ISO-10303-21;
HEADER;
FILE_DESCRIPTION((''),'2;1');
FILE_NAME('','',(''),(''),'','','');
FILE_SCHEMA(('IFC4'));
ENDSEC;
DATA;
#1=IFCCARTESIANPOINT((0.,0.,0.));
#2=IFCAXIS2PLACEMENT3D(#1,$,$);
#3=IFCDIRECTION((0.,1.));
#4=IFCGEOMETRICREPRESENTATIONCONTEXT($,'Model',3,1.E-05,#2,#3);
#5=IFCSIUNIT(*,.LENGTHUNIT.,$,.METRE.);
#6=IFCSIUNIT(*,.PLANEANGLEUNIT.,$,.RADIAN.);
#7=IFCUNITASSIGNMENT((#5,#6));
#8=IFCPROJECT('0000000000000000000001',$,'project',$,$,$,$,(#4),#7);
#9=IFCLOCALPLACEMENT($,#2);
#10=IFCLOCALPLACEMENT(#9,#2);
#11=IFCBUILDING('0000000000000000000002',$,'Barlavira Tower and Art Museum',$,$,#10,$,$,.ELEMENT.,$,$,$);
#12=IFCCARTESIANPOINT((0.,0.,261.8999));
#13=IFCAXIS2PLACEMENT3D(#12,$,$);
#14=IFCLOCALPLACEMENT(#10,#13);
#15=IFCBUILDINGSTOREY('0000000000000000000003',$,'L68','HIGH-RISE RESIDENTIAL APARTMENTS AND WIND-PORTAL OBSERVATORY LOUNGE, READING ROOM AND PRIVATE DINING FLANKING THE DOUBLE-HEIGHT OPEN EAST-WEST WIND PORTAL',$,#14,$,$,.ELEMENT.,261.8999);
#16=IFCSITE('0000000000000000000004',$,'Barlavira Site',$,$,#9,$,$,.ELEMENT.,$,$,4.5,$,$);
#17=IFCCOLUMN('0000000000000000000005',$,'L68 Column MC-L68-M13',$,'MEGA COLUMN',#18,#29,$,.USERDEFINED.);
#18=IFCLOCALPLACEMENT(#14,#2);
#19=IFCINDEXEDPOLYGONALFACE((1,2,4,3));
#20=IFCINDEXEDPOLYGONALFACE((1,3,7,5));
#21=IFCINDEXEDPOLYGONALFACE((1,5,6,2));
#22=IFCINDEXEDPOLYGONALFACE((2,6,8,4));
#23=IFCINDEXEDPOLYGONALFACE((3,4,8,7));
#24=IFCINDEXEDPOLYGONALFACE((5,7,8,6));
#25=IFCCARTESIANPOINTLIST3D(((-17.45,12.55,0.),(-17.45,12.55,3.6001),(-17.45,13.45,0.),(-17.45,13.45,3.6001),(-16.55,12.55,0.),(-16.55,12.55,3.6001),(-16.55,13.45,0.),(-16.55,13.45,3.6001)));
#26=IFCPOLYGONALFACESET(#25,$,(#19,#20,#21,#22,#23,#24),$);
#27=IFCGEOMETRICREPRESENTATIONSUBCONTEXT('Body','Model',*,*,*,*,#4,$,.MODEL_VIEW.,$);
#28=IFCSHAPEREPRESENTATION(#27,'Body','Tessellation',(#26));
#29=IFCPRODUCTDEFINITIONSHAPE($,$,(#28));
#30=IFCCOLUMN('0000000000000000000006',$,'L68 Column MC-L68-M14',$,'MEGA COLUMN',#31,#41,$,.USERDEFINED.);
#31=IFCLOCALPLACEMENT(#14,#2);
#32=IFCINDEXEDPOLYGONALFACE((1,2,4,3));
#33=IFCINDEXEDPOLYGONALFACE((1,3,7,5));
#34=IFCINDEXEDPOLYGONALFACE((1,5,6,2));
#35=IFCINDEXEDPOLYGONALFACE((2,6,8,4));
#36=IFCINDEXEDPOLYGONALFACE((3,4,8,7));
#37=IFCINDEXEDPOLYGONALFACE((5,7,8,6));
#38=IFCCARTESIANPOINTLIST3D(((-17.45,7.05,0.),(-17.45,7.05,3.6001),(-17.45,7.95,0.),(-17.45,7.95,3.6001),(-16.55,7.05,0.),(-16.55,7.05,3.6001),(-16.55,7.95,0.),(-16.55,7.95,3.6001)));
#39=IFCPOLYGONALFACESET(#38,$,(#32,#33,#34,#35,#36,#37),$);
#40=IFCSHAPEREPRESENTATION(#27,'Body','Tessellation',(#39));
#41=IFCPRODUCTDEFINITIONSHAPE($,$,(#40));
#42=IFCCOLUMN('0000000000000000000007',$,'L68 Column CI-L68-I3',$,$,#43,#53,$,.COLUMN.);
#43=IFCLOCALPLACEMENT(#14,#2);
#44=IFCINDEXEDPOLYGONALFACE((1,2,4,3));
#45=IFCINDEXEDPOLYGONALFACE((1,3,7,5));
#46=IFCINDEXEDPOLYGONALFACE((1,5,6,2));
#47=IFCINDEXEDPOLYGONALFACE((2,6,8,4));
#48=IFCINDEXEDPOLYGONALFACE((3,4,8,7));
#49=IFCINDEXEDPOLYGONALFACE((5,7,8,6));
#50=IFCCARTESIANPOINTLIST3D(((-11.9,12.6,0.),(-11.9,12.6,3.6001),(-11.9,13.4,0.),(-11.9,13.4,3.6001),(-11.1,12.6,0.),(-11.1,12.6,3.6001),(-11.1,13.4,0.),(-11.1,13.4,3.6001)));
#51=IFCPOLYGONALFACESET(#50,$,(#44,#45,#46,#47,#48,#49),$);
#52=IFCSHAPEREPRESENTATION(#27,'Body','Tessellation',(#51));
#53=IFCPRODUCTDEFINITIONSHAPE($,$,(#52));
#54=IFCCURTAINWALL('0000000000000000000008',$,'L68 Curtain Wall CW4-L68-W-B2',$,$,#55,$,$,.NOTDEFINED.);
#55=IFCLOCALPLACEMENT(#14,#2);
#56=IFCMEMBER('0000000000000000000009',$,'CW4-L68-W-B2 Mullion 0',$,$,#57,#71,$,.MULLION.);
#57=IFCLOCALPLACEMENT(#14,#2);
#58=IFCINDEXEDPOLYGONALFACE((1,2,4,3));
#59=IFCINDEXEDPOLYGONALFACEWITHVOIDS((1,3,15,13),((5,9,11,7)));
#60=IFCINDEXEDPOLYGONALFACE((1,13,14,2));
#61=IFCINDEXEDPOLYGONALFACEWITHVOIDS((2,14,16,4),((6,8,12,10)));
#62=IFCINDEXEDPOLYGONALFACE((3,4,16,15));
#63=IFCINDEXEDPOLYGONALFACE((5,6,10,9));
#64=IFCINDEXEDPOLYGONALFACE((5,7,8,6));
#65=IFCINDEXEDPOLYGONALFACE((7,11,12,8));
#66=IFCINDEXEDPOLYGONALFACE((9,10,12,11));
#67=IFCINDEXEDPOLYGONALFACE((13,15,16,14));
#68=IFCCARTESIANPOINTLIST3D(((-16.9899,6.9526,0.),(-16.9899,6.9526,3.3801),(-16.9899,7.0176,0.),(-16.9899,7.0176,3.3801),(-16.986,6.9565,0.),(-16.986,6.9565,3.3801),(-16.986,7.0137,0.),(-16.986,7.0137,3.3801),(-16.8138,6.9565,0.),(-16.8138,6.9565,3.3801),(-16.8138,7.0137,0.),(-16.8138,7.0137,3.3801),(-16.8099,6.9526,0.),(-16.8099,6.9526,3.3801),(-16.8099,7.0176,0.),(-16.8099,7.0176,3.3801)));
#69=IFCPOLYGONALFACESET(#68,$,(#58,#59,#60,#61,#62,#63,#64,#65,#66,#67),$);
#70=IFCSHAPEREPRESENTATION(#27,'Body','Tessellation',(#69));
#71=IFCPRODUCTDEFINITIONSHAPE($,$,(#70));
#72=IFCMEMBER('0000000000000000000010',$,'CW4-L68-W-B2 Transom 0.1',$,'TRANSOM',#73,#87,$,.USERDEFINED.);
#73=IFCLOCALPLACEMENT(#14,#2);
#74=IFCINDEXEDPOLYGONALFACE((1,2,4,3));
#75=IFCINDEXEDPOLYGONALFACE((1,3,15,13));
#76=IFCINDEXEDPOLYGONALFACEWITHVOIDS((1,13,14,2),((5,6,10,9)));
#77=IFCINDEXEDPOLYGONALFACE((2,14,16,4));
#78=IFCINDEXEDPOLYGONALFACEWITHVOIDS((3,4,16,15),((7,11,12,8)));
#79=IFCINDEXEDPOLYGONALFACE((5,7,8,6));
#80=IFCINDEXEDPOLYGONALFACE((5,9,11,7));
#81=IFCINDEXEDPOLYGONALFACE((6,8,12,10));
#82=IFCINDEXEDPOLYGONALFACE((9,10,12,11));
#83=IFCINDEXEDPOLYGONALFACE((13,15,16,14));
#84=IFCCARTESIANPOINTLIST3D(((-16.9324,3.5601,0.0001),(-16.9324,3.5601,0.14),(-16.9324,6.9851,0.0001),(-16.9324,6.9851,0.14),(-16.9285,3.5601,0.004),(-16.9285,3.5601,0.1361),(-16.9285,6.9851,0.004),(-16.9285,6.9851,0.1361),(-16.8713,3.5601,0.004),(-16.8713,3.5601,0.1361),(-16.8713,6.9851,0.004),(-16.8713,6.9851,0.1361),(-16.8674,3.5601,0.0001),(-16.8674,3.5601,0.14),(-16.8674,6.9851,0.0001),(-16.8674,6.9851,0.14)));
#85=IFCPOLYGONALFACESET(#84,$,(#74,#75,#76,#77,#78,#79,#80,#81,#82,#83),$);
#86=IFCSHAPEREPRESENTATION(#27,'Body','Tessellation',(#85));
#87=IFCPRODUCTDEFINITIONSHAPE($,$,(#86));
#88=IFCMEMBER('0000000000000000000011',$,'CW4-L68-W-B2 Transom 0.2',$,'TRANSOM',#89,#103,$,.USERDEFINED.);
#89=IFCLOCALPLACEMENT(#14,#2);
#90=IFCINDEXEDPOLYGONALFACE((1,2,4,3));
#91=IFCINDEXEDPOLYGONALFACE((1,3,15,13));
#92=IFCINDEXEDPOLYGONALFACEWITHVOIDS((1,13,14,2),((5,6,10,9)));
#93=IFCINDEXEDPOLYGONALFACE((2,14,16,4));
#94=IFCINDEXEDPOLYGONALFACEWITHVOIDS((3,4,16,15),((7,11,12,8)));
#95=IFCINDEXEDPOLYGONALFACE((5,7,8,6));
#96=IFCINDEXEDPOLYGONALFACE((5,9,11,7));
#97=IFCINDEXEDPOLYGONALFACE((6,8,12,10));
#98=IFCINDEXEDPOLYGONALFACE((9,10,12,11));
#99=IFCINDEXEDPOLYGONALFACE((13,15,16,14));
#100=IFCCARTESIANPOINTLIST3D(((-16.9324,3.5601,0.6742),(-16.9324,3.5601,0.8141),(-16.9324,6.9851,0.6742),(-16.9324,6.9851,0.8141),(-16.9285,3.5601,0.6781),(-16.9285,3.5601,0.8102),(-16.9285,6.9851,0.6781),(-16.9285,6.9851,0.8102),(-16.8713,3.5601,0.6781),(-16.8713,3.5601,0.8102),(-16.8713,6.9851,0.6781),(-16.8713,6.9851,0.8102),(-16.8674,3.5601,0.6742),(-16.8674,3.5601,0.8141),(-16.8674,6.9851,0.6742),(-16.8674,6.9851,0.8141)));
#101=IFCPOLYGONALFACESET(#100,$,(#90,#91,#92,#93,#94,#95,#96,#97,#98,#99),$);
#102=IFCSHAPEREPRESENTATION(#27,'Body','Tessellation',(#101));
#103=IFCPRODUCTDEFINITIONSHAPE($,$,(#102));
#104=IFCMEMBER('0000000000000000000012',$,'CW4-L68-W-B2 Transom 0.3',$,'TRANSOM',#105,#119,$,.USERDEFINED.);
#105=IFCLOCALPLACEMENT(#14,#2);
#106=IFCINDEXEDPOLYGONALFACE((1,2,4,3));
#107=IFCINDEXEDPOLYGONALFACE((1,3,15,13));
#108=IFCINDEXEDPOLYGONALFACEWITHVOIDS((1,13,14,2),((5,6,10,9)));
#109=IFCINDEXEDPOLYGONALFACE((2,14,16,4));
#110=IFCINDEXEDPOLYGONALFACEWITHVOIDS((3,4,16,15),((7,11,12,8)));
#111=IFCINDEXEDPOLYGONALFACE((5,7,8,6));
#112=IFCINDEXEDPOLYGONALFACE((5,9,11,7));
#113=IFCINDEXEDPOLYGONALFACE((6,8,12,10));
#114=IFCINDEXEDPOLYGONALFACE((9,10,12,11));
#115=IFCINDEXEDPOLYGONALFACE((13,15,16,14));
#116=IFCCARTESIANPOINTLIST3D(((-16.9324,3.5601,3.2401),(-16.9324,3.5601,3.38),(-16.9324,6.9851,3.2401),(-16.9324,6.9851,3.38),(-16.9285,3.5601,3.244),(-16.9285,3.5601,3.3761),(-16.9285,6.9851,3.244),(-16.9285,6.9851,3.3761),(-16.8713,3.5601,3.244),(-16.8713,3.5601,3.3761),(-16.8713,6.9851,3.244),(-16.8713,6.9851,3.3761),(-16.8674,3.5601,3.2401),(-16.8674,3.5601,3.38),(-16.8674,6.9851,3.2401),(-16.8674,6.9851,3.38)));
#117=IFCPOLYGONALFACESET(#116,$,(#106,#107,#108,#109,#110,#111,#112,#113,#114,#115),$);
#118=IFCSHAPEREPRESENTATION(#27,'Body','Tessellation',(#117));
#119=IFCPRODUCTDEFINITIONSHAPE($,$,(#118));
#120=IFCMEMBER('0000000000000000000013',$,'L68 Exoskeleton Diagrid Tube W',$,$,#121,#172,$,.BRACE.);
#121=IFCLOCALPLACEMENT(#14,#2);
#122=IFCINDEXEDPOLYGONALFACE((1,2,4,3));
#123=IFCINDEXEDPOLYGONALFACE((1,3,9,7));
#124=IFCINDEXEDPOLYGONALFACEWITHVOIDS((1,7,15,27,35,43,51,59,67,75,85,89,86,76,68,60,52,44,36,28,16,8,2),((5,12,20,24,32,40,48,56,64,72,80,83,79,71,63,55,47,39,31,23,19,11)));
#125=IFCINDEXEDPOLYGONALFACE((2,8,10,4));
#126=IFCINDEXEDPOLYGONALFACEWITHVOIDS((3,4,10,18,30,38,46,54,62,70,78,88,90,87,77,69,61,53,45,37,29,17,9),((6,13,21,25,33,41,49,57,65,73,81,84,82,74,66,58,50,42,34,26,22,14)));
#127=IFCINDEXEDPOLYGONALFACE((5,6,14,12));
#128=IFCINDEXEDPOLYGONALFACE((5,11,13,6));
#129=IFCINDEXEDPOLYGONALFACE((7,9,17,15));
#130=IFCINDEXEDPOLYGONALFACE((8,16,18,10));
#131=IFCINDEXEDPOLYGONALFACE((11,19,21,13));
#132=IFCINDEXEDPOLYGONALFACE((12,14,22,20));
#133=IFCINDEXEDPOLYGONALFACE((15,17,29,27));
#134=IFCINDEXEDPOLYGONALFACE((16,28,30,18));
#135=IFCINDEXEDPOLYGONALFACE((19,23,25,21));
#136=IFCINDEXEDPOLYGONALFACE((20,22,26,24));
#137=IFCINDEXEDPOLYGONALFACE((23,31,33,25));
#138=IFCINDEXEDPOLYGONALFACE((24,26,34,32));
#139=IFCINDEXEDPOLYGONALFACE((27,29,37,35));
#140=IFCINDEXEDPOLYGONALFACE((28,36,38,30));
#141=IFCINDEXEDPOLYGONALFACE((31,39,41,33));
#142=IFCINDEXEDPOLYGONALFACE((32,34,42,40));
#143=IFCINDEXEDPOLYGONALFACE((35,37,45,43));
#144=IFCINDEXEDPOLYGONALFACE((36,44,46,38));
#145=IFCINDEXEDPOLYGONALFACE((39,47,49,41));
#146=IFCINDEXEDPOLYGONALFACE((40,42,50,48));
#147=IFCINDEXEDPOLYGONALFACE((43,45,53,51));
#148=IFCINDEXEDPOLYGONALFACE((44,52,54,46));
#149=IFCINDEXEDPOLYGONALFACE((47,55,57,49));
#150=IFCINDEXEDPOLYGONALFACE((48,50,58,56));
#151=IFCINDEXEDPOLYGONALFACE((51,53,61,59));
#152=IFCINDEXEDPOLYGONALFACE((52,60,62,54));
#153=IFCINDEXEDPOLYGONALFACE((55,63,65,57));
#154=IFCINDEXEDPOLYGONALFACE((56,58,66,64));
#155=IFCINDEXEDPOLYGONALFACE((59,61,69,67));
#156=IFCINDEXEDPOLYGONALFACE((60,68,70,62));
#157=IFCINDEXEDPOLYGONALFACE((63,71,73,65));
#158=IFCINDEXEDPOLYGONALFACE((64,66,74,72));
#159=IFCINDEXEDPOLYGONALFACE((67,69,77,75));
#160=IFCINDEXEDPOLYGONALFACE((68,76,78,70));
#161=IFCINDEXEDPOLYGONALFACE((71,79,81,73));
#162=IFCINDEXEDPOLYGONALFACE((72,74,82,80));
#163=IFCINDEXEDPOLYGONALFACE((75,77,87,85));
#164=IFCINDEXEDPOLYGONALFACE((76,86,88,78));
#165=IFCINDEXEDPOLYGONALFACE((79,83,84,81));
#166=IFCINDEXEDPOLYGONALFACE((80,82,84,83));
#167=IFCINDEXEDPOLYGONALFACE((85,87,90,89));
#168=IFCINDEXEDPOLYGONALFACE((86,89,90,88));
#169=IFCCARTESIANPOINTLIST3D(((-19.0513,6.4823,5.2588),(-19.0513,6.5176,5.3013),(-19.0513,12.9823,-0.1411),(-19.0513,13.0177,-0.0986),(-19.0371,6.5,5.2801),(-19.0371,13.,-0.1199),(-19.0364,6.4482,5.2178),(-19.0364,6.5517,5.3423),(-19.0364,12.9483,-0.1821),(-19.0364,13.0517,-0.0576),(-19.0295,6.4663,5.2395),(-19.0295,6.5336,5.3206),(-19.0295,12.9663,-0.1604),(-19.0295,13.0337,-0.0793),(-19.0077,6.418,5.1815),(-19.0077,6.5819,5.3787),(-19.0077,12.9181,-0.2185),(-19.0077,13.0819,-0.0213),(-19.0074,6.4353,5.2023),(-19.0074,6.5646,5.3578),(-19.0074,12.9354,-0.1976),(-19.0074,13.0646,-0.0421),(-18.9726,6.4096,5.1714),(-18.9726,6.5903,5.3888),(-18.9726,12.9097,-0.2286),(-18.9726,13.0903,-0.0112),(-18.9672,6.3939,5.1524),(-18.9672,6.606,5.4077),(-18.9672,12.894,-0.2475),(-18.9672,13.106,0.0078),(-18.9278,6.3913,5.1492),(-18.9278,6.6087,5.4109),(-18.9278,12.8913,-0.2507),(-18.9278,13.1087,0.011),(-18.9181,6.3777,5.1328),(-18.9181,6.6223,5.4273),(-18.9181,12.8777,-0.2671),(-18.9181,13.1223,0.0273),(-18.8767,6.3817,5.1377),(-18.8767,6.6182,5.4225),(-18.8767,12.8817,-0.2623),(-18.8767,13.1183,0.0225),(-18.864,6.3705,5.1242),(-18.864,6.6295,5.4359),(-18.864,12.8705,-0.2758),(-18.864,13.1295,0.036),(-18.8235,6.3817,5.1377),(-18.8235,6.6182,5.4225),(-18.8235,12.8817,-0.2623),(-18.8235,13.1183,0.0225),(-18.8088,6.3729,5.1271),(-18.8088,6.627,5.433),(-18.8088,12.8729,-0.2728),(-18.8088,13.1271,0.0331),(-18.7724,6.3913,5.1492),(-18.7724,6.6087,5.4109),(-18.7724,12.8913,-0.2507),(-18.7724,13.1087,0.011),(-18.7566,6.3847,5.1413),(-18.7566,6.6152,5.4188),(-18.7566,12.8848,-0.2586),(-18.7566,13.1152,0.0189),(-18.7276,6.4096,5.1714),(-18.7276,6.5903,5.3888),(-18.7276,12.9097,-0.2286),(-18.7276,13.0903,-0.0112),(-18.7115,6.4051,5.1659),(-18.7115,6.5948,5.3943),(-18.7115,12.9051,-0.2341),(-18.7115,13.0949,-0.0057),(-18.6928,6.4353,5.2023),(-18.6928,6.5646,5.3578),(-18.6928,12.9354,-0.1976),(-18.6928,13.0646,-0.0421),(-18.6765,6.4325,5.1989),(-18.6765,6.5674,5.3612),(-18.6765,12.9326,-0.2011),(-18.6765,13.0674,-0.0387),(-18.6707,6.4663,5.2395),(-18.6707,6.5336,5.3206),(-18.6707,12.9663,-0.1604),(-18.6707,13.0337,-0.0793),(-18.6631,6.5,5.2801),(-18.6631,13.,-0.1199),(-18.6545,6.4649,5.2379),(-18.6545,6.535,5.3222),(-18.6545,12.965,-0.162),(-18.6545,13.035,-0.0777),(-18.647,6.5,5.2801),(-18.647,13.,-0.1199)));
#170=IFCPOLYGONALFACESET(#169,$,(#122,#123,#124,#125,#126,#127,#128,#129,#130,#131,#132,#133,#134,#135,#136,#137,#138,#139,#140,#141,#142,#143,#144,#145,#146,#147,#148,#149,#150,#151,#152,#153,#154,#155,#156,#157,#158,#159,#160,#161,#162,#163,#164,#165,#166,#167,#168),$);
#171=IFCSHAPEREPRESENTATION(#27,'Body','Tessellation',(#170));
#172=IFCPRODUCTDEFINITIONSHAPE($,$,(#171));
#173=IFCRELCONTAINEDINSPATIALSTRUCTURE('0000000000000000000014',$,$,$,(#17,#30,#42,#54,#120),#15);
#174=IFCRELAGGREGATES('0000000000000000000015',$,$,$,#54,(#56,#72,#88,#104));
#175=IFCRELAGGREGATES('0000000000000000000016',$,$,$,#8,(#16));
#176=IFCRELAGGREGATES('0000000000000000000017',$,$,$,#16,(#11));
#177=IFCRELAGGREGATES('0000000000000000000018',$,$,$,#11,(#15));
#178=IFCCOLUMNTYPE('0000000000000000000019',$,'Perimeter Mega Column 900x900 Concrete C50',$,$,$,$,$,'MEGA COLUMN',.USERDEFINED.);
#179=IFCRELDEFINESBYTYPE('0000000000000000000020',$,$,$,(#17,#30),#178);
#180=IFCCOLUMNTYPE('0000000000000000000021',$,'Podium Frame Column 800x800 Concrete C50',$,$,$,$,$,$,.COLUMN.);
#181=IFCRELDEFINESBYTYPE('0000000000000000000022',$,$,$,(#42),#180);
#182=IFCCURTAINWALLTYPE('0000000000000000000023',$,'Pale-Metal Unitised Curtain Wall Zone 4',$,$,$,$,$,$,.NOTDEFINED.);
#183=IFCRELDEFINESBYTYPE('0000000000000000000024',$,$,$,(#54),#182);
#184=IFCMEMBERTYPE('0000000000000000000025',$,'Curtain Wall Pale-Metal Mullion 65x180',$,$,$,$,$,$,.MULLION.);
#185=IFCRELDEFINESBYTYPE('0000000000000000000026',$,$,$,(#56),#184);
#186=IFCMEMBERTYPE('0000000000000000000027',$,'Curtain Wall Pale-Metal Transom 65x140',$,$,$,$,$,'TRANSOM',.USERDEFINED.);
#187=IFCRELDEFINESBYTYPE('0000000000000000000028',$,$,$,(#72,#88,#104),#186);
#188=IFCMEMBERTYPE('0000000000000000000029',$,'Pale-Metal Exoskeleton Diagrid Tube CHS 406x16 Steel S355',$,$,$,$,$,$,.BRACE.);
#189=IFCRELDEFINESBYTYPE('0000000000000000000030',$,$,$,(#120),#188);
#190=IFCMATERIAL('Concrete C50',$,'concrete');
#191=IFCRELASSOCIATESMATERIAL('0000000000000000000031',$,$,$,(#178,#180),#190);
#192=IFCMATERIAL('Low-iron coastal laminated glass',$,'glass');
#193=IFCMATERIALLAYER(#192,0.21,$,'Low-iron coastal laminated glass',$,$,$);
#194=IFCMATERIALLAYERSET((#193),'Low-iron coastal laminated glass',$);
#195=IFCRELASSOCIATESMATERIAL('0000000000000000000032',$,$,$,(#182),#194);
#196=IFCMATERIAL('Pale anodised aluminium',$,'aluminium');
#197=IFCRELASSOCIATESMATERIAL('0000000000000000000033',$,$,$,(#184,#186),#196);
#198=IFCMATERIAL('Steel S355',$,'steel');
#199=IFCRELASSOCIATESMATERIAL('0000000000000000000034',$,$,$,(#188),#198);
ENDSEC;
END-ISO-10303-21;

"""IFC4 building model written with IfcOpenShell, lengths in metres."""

from ifc_helpers import new_model, si_unit, direction, frame, origin, origin_2d, place, context, subcontext, project, spatial, rectangle, hollow_rectangle, hollow_circle, extrude, material, layer, layer_set, material_profile, profile_set, type_object, element, aggregate, save


model = new_model("IFC4")

# Units and contexts
model_context = context("Model", 3, precision=1e-05, world=origin(), true_north=direction((0.0, 1.0)))
body_context = subcontext(model_context, "Body", "Model", "MODEL_VIEW")
ifc_project = project(units=[si_unit("LENGTHUNIT", "METRE"), si_unit("PLANEANGLEUNIT", "RADIAN")], contexts=[model_context])

# Site, building, storey
site_placement = place(None, origin())
site = spatial("IfcSite", under=ifc_project, at=site_placement, Name="Barlavira Site", CompositionType="ELEMENT", RefElevation=4.5)
building_placement = place(site_placement, origin())
building = spatial("IfcBuilding", under=site, at=building_placement, Name="Barlavira Tower and Art Museum", CompositionType="ELEMENT")
storey_placement = place(building_placement, frame((0.0, 0.0, 261.8999)))
storey = spatial("IfcBuildingStorey", under=building, at=storey_placement, Name="L68", Description="HIGH-RISE RESIDENTIAL APARTMENTS AND WIND-PORTAL OBSERVATORY LOUNGE, READING ROOM AND PRIVATE DINING FLANKING THE DOUBLE-HEIGHT OPEN EAST-WEST WIND PORTAL", CompositionType="ELEMENT", Elevation=261.8999)

# Columns
ifc_material_1 = material(Name="Concrete C50", Category="concrete")
ifc_material_profile_1 = material_profile(ifc_material_1, rectangle(XDim=0.8999, YDim=0.8999, at=origin_2d()), Name="RC-COL 900x900")
ifc_profile_set_1 = profile_set([ifc_material_profile_1], Name="Concrete C50")
column_type_1 = type_object("IfcColumnType", Name="Perimeter Mega Column 900x900 Concrete C50", ElementType="MEGA COLUMN", PredefinedType="USERDEFINED", material=ifc_profile_set_1)
for number, where, z_axis, x_axis, name in (
    (1, (-17.0, 13.0, 0.0), (0.0, 0.0, 1.0), (1.0, 0.0, 0.0), "L68 Column MC-L68-M13"),
    (2, (-17.0, 7.5, 0.0), (0.0, 0.0, 1.0), (1.0, 0.0, 0.0), "L68 Column MC-L68-M14"),
):
    element("IfcColumn", number, at=place(storey_placement, frame(where, z_axis=z_axis, x_axis=x_axis)), inside=storey, type_object=column_type_1, Name=name, ObjectType="MEGA COLUMN", PredefinedType="USERDEFINED", context=body_context, shape_type="SweptSolid", body=[
        extrude(rectangle(XDim=0.8999, YDim=0.8999, at=origin_2d()), origin(), (0.0, 0.0, 1.0), 3.6001),
    ])
ifc_material_profile_2 = material_profile(ifc_material_1, rectangle(XDim=0.8, YDim=0.8, at=origin_2d()), Name="RC-COL 800x800")
ifc_profile_set_2 = profile_set([ifc_material_profile_2], Name="Concrete C50")
column_type_2 = type_object("IfcColumnType", Name="Podium Frame Column 800x800 Concrete C50", PredefinedType="COLUMN", material=ifc_profile_set_2)
column_placement = place(storey_placement, frame((-11.5, 13.0, 0.0), z_axis=(0.0, 0.0, 1.0), x_axis=(1.0, 0.0, 0.0)))
element("IfcColumn", 3, at=column_placement, inside=storey, type_object=column_type_2, Name="L68 Column CI-L68-I3", PredefinedType="COLUMN", context=body_context, shape_type="SweptSolid", body=[
    extrude(rectangle(XDim=0.8, YDim=0.8, at=origin_2d()), origin(), (0.0, 0.0, 1.0), 3.6001),
])

# Curtain wall, members
ifc_material_2 = material(Name="Low-iron coastal laminated glass", Category="glass")
ifc_layer_1 = layer(ifc_material_2, 0.21, Name="Low-iron coastal laminated glass")
ifc_layer_set_1 = layer_set([ifc_layer_1], Name="Low-iron coastal laminated glass")
curtain_wall_type = type_object("IfcCurtainWallType", Name="Pale-Metal Unitised Curtain Wall Zone 4", PredefinedType="NOTDEFINED", material=ifc_layer_set_1)
curtain_wall_placement = place(storey_placement, origin())
curtain_wall = element("IfcCurtainWall", 4, at=curtain_wall_placement, inside=storey, type_object=curtain_wall_type, Name="L68 Curtain Wall CW4-L68-W-B2", PredefinedType="NOTDEFINED")
ifc_material_3 = material(Name="Pale anodised aluminium", Category="aluminium")
ifc_material_profile_3 = material_profile(ifc_material_3, hollow_rectangle(XDim=0.0649, YDim=0.1799, WallThickness=0.0039, at=origin_2d()), Name="ALU-MULL 65x180x4")
ifc_profile_set_3 = profile_set([ifc_material_profile_3], Name="Pale anodised aluminium")
member_type_1 = type_object("IfcMemberType", Name="Curtain Wall Pale-Metal Mullion 65x180", PredefinedType="MULLION", material=ifc_profile_set_3)
member_1_placement = place(storey_placement, frame((-16.8999, 6.9851, 0.0), z_axis=(0.0, 0.0, 1.0), x_axis=(0.0, -1.0, 0.0)))
member_1 = element("IfcMember", 5, at=member_1_placement, type_object=member_type_1, Name="CW4-L68-W-B2 Mullion 0", PredefinedType="MULLION", context=body_context, shape_type="SweptSolid", body=[
    extrude(hollow_rectangle(XDim=0.0649, YDim=0.1799, WallThickness=0.0039, at=origin_2d()), origin(), (0.0, 0.0, 1.0), 3.3801),
])
ifc_material_profile_4 = material_profile(ifc_material_3, hollow_rectangle(XDim=0.0649, YDim=0.1399, WallThickness=0.0039, at=origin_2d()), Name="ALU-TRAN 65x140x4")
ifc_profile_set_4 = profile_set([ifc_material_profile_4], Name="Pale anodised aluminium")
member_type_2 = type_object("IfcMemberType", Name="Curtain Wall Pale-Metal Transom 65x140", ElementType="TRANSOM", PredefinedType="USERDEFINED", material=ifc_profile_set_4)
member_2_placement = place(storey_placement, frame((-16.8999, 6.9851, 0.0701), z_axis=(0.0, -1.0, 0.0), x_axis=(1.0, 0.0, 0.0)))
member_2 = element("IfcMember", 6, at=member_2_placement, type_object=member_type_2, Name="CW4-L68-W-B2 Transom 0.1", ObjectType="TRANSOM", PredefinedType="USERDEFINED", context=body_context, shape_type="SweptSolid", body=[
    extrude(hollow_rectangle(XDim=0.0649, YDim=0.1399, WallThickness=0.0039, at=origin_2d()), origin(), (0.0, 0.0, 1.0), 3.425),
])
member_3_placement = place(storey_placement, frame((-16.8999, 6.9851, 0.7441), z_axis=(0.0, -1.0, 0.0), x_axis=(1.0, 0.0, 0.0)))
member_3 = element("IfcMember", 7, at=member_3_placement, type_object=member_type_2, Name="CW4-L68-W-B2 Transom 0.2", ObjectType="TRANSOM", PredefinedType="USERDEFINED", context=body_context, shape_type="SweptSolid", body=[
    extrude(hollow_rectangle(XDim=0.0649, YDim=0.1399, WallThickness=0.0039, at=origin_2d()), origin(), (0.0, 0.0, 1.0), 3.425),
])
member_4_placement = place(storey_placement, frame((-16.8999, 6.9851, 3.3101), z_axis=(0.0, -1.0, 0.0), x_axis=(1.0, 0.0, 0.0)))
member_4 = element("IfcMember", 8, at=member_4_placement, type_object=member_type_2, Name="CW4-L68-W-B2 Transom 0.3", ObjectType="TRANSOM", PredefinedType="USERDEFINED", context=body_context, shape_type="SweptSolid", body=[
    extrude(hollow_rectangle(XDim=0.0649, YDim=0.1399, WallThickness=0.0039, at=origin_2d()), origin(), (0.0, 0.0, 1.0), 3.425),
])

# Member
ifc_material_4 = material(Name="Steel S355", Category="steel")
ifc_material_profile_5 = material_profile(ifc_material_4, hollow_circle(Radius=0.2031, WallThickness=0.0161, at=origin_2d()), Name="CHS 406.4x16.0")
ifc_profile_set_5 = profile_set([ifc_material_profile_5], Name="Steel S355")
member_type_3 = type_object("IfcMemberType", Name="Pale-Metal Exoskeleton Diagrid Tube CHS 406x16 Steel S355", PredefinedType="BRACE", material=ifc_profile_set_5)
member_5_placement = place(storey_placement, frame((-18.8501, 13.0, -0.1199), z_axis=(0.0, -0.769196, 0.639013), x_axis=(1.0, 0.0, 0.0)))
element("IfcMember", 9, at=member_5_placement, inside=storey, type_object=member_type_3, Name="L68 Exoskeleton Diagrid Tube W", PredefinedType="BRACE", context=body_context, shape_type="SweptSolid", body=[
    extrude(hollow_circle(Radius=0.2031, WallThickness=0.0161, at=origin_2d()), origin(), (0.0, 0.0, 1.0), 8.4504),
])

aggregate(curtain_wall, [member_1, member_2, member_3, member_4])

save(model, "model.ifc")
